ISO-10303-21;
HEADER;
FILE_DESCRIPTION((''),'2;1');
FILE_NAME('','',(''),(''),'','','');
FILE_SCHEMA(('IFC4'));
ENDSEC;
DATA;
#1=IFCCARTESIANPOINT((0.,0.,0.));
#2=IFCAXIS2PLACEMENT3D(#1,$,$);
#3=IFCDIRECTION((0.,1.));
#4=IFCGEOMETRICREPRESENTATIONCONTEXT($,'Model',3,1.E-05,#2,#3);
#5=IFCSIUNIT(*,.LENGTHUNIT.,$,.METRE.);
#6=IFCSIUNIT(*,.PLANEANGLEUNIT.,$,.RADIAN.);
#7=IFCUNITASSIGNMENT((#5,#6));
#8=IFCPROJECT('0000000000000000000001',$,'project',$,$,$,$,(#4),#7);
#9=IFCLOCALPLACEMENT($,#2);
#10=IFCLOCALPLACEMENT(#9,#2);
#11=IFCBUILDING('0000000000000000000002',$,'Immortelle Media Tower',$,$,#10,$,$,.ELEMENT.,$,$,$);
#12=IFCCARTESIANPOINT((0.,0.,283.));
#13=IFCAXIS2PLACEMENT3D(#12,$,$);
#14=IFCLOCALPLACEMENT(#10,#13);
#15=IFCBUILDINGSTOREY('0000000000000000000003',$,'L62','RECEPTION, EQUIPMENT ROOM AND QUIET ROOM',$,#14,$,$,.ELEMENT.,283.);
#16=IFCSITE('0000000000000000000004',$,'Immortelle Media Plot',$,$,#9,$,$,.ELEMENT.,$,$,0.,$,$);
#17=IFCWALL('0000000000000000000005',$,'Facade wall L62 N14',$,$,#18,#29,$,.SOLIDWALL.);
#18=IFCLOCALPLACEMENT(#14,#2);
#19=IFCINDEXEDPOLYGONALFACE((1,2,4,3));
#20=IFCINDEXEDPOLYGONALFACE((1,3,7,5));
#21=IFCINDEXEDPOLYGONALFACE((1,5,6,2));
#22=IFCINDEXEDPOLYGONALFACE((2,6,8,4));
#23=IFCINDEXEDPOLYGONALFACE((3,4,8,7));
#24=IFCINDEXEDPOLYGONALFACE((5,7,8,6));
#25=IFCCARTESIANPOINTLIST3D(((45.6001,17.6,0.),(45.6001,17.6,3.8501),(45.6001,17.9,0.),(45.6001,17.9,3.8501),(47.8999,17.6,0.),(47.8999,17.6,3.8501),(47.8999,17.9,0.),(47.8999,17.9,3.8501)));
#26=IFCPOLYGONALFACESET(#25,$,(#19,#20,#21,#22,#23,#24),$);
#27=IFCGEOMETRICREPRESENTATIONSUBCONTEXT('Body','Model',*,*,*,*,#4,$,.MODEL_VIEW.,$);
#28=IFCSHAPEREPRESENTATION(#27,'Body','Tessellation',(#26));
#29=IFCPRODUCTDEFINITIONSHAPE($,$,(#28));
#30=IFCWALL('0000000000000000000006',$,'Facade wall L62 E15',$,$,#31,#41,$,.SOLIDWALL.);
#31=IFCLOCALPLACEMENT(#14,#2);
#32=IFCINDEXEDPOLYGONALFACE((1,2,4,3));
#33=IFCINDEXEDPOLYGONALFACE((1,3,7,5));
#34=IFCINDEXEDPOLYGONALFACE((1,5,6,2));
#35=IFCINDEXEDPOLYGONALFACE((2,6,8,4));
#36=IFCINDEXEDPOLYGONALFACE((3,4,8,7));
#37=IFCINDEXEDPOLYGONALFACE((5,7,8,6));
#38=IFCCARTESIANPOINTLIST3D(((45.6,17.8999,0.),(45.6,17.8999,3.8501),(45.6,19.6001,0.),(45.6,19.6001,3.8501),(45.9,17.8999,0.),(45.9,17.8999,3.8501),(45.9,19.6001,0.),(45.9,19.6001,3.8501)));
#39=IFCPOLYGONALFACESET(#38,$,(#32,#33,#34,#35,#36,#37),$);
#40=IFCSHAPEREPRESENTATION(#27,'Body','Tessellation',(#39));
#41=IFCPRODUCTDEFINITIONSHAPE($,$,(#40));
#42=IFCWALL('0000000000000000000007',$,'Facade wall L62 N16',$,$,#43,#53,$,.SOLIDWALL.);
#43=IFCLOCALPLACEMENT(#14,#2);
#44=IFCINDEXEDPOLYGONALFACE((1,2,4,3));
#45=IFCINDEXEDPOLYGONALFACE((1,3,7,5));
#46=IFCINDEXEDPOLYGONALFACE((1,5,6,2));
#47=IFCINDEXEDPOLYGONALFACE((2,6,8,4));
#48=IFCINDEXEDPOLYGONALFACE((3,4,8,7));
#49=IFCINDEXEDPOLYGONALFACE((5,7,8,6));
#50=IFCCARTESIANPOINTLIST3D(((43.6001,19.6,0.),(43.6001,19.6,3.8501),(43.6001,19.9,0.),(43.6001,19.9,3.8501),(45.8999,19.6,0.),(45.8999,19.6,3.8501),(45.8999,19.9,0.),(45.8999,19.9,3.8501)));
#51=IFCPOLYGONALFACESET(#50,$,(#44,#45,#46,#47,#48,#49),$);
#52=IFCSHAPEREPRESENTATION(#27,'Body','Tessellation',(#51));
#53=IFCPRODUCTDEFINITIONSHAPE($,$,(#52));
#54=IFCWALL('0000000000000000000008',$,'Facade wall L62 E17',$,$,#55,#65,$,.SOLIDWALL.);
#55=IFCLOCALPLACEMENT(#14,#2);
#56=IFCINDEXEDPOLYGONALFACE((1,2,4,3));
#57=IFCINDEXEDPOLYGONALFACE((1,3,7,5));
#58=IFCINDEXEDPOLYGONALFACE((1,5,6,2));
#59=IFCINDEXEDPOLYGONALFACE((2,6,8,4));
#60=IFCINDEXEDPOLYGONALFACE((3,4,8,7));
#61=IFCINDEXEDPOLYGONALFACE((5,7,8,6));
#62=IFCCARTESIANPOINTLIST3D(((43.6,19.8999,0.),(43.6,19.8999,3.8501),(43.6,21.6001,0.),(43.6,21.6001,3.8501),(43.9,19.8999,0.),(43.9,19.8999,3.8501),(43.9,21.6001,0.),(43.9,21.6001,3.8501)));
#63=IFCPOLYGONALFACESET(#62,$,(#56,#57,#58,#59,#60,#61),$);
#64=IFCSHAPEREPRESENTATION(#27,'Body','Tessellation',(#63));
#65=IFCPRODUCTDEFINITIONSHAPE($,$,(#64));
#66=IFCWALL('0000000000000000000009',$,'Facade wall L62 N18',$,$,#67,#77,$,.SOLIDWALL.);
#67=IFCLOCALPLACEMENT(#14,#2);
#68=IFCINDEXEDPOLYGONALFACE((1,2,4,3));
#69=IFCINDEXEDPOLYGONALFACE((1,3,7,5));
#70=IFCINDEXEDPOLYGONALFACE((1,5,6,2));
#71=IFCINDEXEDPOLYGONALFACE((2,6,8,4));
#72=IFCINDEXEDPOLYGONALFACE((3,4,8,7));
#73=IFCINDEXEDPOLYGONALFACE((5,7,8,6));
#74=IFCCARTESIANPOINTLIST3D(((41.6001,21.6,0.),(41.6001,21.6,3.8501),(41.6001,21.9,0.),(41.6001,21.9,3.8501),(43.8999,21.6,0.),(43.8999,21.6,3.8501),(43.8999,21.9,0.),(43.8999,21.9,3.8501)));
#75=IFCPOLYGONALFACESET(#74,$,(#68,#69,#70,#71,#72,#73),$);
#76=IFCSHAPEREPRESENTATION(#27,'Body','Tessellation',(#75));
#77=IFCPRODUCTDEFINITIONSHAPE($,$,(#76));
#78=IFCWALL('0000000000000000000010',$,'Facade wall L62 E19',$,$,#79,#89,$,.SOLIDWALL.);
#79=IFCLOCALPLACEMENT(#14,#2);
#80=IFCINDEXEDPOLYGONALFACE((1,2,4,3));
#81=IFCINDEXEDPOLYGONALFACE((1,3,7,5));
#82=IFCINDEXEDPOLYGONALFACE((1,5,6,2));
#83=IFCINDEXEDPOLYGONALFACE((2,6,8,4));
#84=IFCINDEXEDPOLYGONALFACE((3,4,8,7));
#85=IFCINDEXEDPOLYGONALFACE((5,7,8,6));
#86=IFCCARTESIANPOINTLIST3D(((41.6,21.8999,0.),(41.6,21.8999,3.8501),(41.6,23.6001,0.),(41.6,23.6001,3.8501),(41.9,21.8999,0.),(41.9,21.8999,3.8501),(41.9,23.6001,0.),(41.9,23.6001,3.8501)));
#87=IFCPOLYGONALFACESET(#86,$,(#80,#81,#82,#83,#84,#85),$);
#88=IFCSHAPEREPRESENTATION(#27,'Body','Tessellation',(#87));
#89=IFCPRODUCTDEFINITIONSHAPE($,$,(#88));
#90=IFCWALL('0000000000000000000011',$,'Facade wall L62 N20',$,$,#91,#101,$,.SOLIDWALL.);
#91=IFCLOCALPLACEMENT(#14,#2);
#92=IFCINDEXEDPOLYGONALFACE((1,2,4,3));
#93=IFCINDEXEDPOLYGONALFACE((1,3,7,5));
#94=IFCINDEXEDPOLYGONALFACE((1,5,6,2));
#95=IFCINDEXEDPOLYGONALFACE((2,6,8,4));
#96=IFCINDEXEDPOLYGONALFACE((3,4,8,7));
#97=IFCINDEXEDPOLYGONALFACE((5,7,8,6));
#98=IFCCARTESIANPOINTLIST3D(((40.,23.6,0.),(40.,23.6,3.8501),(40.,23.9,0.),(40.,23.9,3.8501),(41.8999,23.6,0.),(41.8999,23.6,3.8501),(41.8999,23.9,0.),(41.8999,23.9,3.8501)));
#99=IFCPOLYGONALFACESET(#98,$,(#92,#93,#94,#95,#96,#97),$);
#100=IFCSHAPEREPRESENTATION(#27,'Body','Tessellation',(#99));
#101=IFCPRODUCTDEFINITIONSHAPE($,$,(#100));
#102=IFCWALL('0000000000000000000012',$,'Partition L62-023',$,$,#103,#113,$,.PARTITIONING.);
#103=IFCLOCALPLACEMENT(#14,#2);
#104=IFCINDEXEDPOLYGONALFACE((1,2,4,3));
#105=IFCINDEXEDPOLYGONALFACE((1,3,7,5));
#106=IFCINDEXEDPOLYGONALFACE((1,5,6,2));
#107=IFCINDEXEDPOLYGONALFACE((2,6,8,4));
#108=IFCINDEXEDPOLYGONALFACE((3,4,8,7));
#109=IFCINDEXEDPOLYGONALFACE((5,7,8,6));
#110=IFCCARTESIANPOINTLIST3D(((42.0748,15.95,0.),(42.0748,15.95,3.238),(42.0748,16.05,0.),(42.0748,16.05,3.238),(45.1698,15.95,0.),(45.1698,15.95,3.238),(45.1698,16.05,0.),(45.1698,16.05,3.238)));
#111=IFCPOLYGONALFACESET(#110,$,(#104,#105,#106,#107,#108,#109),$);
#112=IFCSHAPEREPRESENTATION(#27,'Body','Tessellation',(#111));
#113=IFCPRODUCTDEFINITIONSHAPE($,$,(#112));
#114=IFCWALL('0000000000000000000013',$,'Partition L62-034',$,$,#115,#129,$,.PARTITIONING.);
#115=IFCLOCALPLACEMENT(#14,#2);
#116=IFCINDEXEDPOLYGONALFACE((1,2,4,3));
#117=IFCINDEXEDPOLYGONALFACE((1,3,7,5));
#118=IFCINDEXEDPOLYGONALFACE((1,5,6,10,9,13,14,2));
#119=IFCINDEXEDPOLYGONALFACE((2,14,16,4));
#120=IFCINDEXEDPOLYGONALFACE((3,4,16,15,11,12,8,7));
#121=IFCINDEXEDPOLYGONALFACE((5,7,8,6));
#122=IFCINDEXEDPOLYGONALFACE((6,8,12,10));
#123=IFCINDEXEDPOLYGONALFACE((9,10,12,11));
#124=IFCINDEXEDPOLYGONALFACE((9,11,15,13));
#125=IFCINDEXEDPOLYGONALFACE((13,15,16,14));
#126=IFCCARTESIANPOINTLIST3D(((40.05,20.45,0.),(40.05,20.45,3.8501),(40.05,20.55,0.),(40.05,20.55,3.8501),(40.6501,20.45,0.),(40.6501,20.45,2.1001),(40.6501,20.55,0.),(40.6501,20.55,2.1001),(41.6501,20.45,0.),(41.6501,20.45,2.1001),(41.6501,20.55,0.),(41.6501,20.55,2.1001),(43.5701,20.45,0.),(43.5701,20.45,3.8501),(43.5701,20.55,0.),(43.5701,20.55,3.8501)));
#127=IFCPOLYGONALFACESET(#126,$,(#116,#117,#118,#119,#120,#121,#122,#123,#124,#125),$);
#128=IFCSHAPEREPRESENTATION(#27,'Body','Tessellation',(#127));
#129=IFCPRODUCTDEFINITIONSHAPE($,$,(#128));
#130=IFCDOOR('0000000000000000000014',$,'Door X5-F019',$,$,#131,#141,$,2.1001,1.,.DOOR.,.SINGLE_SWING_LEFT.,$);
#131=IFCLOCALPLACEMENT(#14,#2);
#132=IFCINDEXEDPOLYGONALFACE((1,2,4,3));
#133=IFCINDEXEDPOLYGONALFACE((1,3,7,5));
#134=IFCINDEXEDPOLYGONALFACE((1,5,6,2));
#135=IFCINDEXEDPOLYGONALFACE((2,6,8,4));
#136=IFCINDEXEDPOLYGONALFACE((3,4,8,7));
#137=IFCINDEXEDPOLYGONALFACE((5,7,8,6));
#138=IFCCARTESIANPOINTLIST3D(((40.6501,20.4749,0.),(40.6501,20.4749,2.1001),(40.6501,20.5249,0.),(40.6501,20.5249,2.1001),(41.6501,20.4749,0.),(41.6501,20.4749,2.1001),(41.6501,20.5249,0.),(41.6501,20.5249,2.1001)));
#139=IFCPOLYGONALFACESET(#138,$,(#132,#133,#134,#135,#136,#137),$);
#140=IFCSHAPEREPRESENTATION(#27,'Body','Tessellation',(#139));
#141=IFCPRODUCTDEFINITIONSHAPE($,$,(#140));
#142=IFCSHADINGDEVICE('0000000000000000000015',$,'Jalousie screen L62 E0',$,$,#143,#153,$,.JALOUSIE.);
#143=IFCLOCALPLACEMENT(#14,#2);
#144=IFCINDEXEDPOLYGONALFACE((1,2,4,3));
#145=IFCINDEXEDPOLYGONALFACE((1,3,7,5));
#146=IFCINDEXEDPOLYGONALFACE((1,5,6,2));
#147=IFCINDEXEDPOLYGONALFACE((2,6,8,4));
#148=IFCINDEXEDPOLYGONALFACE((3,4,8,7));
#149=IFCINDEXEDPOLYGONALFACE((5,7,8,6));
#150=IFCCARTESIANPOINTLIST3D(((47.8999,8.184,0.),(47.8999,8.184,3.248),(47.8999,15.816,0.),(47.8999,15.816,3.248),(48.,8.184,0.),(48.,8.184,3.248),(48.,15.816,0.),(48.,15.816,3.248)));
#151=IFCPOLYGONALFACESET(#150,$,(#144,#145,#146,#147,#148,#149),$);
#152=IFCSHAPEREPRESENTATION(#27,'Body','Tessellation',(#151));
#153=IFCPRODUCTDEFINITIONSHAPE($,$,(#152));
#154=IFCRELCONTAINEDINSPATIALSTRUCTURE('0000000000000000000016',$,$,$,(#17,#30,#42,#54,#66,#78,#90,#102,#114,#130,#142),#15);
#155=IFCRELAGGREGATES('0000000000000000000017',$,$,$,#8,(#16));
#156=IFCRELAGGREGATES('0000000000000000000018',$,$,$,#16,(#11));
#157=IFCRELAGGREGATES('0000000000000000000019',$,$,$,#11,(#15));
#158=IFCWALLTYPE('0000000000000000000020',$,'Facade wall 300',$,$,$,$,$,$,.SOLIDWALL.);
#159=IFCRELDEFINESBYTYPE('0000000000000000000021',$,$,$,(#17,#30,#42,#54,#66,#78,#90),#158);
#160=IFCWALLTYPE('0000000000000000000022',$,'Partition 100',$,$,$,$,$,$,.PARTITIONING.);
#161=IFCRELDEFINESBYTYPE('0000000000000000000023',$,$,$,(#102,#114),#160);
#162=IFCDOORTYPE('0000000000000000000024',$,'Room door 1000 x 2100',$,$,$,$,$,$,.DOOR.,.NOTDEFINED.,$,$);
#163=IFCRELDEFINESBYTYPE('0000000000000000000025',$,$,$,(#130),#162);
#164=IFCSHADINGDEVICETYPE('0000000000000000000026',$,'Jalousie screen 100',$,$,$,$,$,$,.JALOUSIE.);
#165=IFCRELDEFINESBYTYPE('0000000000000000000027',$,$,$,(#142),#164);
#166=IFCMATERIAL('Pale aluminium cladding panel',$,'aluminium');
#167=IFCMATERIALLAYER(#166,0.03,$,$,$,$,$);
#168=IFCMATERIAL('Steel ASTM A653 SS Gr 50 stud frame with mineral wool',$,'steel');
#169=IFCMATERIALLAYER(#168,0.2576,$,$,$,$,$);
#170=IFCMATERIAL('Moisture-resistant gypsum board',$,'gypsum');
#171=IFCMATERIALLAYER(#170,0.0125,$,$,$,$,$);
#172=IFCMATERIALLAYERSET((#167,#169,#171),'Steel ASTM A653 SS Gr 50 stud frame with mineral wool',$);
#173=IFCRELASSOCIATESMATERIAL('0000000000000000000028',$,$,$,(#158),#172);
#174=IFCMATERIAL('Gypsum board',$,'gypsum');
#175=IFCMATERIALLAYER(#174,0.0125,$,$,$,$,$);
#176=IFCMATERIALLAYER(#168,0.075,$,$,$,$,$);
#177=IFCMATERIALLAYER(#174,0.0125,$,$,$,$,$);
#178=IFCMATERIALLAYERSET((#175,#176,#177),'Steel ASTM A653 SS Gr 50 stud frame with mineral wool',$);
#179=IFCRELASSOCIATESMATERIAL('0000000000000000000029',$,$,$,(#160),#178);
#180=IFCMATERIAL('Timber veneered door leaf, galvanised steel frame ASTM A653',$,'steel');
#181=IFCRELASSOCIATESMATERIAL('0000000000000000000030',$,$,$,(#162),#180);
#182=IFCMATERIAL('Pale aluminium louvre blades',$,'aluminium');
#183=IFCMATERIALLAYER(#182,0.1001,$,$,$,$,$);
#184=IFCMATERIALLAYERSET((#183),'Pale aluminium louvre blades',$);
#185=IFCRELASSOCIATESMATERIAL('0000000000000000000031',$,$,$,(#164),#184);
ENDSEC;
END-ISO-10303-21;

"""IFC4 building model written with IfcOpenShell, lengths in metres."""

from ifc_helpers import new_model, si_unit, direction, frame, frame_2d, origin, origin_2d, place, context, subcontext, project, spatial, rectangle, extrude, material, layer, layer_set, type_object, element, fill, save


model = new_model("IFC4")

# Units and contexts
model_context = context("Model", 3, precision=1e-05, world=origin(), true_north=direction((0.0, 1.0)))
body_context = subcontext(model_context, "Body", "Model", "MODEL_VIEW")
ifc_project = project(units=[si_unit("LENGTHUNIT", "METRE"), si_unit("PLANEANGLEUNIT", "RADIAN")], contexts=[model_context])

# Site, building, storey
site_placement = place(None, origin())
site = spatial("IfcSite", under=ifc_project, at=site_placement, Name="Immortelle Media Plot", CompositionType="ELEMENT", RefElevation=0.0)
building_placement = place(site_placement, origin())
building = spatial("IfcBuilding", under=site, at=building_placement, Name="Immortelle Media Tower", CompositionType="ELEMENT")
storey_placement = place(building_placement, frame((0.0, 0.0, 283.0)))
storey = spatial("IfcBuildingStorey", under=building, at=storey_placement, Name="L62", Description="RECEPTION, EQUIPMENT ROOM AND QUIET ROOM", CompositionType="ELEMENT", Elevation=283.0)

# Walls
ifc_material_1 = material(Name="Steel ASTM A653 SS Gr 50 stud frame with mineral wool", Category="steel")
ifc_material_2 = material(Name="Pale aluminium cladding panel", Category="aluminium")
ifc_layer_1 = layer(ifc_material_2, 0.03)
ifc_layer_2 = layer(ifc_material_1, 0.2576)
ifc_material_3 = material(Name="Moisture-resistant gypsum board", Category="gypsum")
ifc_layer_3 = layer(ifc_material_3, 0.0125)
ifc_layer_set_1 = layer_set([ifc_layer_1, ifc_layer_2, ifc_layer_3], Name="Steel ASTM A653 SS Gr 50 stud frame with mineral wool")
wall_type_1 = type_object("IfcWallType", Name="Facade wall 300", PredefinedType="SOLIDWALL", material=ifc_layer_set_1)
wall_1_placement = place(storey_placement, frame((47.8999, 17.75, 0.0), z_axis=(0.0, 0.0, 1.0), x_axis=(-1.0, 0.0, 0.0)))
element("IfcWall", 1, at=wall_1_placement, inside=storey, type_object=wall_type_1, Name="Facade wall L62 N14", PredefinedType="SOLIDWALL", context=body_context, shape_type="SweptSolid", body=[
    extrude(rectangle(XDim=2.2998, YDim=0.3, at=frame_2d((1.1499, 0.0))), origin(), (0.0, 0.0, 1.0), 3.8501),
])
wall_2_placement = place(storey_placement, frame((45.75, 17.8999, 0.0), z_axis=(0.0, 0.0, 1.0), x_axis=(0.0, 1.0, 0.0)))
element("IfcWall", 2, at=wall_2_placement, inside=storey, type_object=wall_type_1, Name="Facade wall L62 E15", PredefinedType="SOLIDWALL", context=body_context, shape_type="SweptSolid", body=[
    extrude(rectangle(XDim=1.7002, YDim=0.3, at=frame_2d((0.8501, 0.0))), origin(), (0.0, 0.0, 1.0), 3.8501),
])
wall_3_placement = place(storey_placement, frame((45.8999, 19.75, 0.0), z_axis=(0.0, 0.0, 1.0), x_axis=(-1.0, 0.0, 0.0)))
element("IfcWall", 3, at=wall_3_placement, inside=storey, type_object=wall_type_1, Name="Facade wall L62 N16", PredefinedType="SOLIDWALL", context=body_context, shape_type="SweptSolid", body=[
    extrude(rectangle(XDim=2.2998, YDim=0.3, at=frame_2d((1.1499, 0.0))), origin(), (0.0, 0.0, 1.0), 3.8501),
])
wall_4_placement = place(storey_placement, frame((43.75, 19.8999, 0.0), z_axis=(0.0, 0.0, 1.0), x_axis=(0.0, 1.0, 0.0)))
element("IfcWall", 4, at=wall_4_placement, inside=storey, type_object=wall_type_1, Name="Facade wall L62 E17", PredefinedType="SOLIDWALL", context=body_context, shape_type="SweptSolid", body=[
    extrude(rectangle(XDim=1.7002, YDim=0.3, at=frame_2d((0.8501, 0.0))), origin(), (0.0, 0.0, 1.0), 3.8501),
])
wall_5_placement = place(storey_placement, frame((43.8999, 21.75, 0.0), z_axis=(0.0, 0.0, 1.0), x_axis=(-1.0, 0.0, 0.0)))
element("IfcWall", 5, at=wall_5_placement, inside=storey, type_object=wall_type_1, Name="Facade wall L62 N18", PredefinedType="SOLIDWALL", context=body_context, shape_type="SweptSolid", body=[
    extrude(rectangle(XDim=2.2998, YDim=0.3, at=frame_2d((1.1499, 0.0))), origin(), (0.0, 0.0, 1.0), 3.8501),
])
wall_6_placement = place(storey_placement, frame((41.75, 21.8999, 0.0), z_axis=(0.0, 0.0, 1.0), x_axis=(0.0, 1.0, 0.0)))
element("IfcWall", 6, at=wall_6_placement, inside=storey, type_object=wall_type_1, Name="Facade wall L62 E19", PredefinedType="SOLIDWALL", context=body_context, shape_type="SweptSolid", body=[
    extrude(rectangle(XDim=1.7002, YDim=0.3, at=frame_2d((0.8501, 0.0))), origin(), (0.0, 0.0, 1.0), 3.8501),
])
wall_7_placement = place(storey_placement, frame((41.8999, 23.75, 0.0), z_axis=(0.0, 0.0, 1.0), x_axis=(-1.0, 0.0, 0.0)))
element("IfcWall", 7, at=wall_7_placement, inside=storey, type_object=wall_type_1, Name="Facade wall L62 N20", PredefinedType="SOLIDWALL", context=body_context, shape_type="SweptSolid", body=[
    extrude(rectangle(XDim=1.8999, YDim=0.3, at=frame_2d((0.95, 0.0))), origin(), (0.0, 0.0, 1.0), 3.8501),
])
ifc_material_4 = material(Name="Gypsum board", Category="gypsum")
ifc_layer_4 = layer(ifc_material_4, 0.0125)
ifc_layer_5 = layer(ifc_material_1, 0.075)
ifc_layer_6 = layer(ifc_material_4, 0.0125)
ifc_layer_set_2 = layer_set([ifc_layer_4, ifc_layer_5, ifc_layer_6], Name="Steel ASTM A653 SS Gr 50 stud frame with mineral wool")
wall_type_2 = type_object("IfcWallType", Name="Partition 100", PredefinedType="PARTITIONING", material=ifc_layer_set_2)
wall_8_placement = place(storey_placement, frame((42.075, 16.0, 0.0), z_axis=(0.0, 0.0, 1.0), x_axis=(1.0, 0.0, 0.0)))
element("IfcWall", 8, at=wall_8_placement, inside=storey, type_object=wall_type_2, Name="Partition L62-023", PredefinedType="PARTITIONING", context=body_context, shape_type="SweptSolid", body=[
    extrude(rectangle(XDim=3.095, YDim=0.1001, at=frame_2d((1.5474, 0.0))), origin(), (0.0, 0.0, 1.0), 3.238),
])

# Wall, opening, door
wall_9_placement = place(storey_placement, frame((40.05, 20.5, 0.0), z_axis=(0.0, 0.0, 1.0), x_axis=(1.0, 0.0, 0.0)))
wall_9 = element("IfcWall", 9, at=wall_9_placement, inside=storey, type_object=wall_type_2, Name="Partition L62-034", PredefinedType="PARTITIONING", context=body_context, shape_type="SweptSolid", body=[
    extrude(rectangle(XDim=3.52, YDim=0.1001, at=frame_2d((1.76, 0.0))), origin(), (0.0, 0.0, 1.0), 3.8501),
])
opening_placement = place(wall_9_placement, frame((0.6001, 0.0, 0.0)))
opening = element("IfcOpeningElement", 10, at=opening_placement, cuts=wall_9, PredefinedType="OPENING", context=body_context, shape_type="SweptSolid", body=[
    extrude(rectangle(XDim=1.0, YDim=2.1001, at=frame_2d((0.5, 1.05))), frame((0.0, 0.0601, 0.0), z_axis=(0.0, -1.0, 0.0), x_axis=(1.0, 0.0, 0.0)), (0.0, 0.0, 1.0), 0.1201),
])
ifc_material_5 = material(Name="Timber veneered door leaf, galvanised steel frame ASTM A653", Category="steel")
door_type = type_object("IfcDoorType", Name="Room door 1000 x 2100", OperationType="NOTDEFINED", PredefinedType="DOOR", material=ifc_material_5)
door_placement = place(opening_placement, origin())
door = element("IfcDoor", 11, at=door_placement, inside=storey, type_object=door_type, Name="Door X5-F019", OperationType="SINGLE_SWING_LEFT", OverallHeight=2.1001, OverallWidth=1.0, PredefinedType="DOOR", context=body_context, shape_type="SweptSolid", body=[
    extrude(rectangle(XDim=1.0, YDim=2.1001, at=frame_2d((0.5, 1.05))), frame((0.0, 0.0249, 0.0), z_axis=(0.0, -1.0, 0.0), x_axis=(1.0, 0.0, 0.0)), (0.0, 0.0, 1.0), 0.05),
])
fill(opening, door)

# Shading device
ifc_material_6 = material(Name="Pale aluminium louvre blades", Category="aluminium")
ifc_layer_7 = layer(ifc_material_6, 0.1001)
ifc_layer_set_3 = layer_set([ifc_layer_7], Name="Pale aluminium louvre blades")
shading_device_type = type_object("IfcShadingDeviceType", Name="Jalousie screen 100", PredefinedType="JALOUSIE", material=ifc_layer_set_3)
shading_device_placement = place(storey_placement, frame((47.95, 12.0, 0.0), z_axis=(0.0, 0.0, 1.0), x_axis=(0.0, 1.0, 0.0)))
element("IfcShadingDevice", 12, at=shading_device_placement, inside=storey, type_object=shading_device_type, Name="Jalousie screen L62 E0", PredefinedType="JALOUSIE", context=body_context, shape_type="SweptSolid", body=[
    extrude(rectangle(XDim=7.6321, YDim=0.1001, at=origin_2d()), origin(), (0.0, 0.0, 1.0), 3.248),
])

save(model, "model.ifc")
